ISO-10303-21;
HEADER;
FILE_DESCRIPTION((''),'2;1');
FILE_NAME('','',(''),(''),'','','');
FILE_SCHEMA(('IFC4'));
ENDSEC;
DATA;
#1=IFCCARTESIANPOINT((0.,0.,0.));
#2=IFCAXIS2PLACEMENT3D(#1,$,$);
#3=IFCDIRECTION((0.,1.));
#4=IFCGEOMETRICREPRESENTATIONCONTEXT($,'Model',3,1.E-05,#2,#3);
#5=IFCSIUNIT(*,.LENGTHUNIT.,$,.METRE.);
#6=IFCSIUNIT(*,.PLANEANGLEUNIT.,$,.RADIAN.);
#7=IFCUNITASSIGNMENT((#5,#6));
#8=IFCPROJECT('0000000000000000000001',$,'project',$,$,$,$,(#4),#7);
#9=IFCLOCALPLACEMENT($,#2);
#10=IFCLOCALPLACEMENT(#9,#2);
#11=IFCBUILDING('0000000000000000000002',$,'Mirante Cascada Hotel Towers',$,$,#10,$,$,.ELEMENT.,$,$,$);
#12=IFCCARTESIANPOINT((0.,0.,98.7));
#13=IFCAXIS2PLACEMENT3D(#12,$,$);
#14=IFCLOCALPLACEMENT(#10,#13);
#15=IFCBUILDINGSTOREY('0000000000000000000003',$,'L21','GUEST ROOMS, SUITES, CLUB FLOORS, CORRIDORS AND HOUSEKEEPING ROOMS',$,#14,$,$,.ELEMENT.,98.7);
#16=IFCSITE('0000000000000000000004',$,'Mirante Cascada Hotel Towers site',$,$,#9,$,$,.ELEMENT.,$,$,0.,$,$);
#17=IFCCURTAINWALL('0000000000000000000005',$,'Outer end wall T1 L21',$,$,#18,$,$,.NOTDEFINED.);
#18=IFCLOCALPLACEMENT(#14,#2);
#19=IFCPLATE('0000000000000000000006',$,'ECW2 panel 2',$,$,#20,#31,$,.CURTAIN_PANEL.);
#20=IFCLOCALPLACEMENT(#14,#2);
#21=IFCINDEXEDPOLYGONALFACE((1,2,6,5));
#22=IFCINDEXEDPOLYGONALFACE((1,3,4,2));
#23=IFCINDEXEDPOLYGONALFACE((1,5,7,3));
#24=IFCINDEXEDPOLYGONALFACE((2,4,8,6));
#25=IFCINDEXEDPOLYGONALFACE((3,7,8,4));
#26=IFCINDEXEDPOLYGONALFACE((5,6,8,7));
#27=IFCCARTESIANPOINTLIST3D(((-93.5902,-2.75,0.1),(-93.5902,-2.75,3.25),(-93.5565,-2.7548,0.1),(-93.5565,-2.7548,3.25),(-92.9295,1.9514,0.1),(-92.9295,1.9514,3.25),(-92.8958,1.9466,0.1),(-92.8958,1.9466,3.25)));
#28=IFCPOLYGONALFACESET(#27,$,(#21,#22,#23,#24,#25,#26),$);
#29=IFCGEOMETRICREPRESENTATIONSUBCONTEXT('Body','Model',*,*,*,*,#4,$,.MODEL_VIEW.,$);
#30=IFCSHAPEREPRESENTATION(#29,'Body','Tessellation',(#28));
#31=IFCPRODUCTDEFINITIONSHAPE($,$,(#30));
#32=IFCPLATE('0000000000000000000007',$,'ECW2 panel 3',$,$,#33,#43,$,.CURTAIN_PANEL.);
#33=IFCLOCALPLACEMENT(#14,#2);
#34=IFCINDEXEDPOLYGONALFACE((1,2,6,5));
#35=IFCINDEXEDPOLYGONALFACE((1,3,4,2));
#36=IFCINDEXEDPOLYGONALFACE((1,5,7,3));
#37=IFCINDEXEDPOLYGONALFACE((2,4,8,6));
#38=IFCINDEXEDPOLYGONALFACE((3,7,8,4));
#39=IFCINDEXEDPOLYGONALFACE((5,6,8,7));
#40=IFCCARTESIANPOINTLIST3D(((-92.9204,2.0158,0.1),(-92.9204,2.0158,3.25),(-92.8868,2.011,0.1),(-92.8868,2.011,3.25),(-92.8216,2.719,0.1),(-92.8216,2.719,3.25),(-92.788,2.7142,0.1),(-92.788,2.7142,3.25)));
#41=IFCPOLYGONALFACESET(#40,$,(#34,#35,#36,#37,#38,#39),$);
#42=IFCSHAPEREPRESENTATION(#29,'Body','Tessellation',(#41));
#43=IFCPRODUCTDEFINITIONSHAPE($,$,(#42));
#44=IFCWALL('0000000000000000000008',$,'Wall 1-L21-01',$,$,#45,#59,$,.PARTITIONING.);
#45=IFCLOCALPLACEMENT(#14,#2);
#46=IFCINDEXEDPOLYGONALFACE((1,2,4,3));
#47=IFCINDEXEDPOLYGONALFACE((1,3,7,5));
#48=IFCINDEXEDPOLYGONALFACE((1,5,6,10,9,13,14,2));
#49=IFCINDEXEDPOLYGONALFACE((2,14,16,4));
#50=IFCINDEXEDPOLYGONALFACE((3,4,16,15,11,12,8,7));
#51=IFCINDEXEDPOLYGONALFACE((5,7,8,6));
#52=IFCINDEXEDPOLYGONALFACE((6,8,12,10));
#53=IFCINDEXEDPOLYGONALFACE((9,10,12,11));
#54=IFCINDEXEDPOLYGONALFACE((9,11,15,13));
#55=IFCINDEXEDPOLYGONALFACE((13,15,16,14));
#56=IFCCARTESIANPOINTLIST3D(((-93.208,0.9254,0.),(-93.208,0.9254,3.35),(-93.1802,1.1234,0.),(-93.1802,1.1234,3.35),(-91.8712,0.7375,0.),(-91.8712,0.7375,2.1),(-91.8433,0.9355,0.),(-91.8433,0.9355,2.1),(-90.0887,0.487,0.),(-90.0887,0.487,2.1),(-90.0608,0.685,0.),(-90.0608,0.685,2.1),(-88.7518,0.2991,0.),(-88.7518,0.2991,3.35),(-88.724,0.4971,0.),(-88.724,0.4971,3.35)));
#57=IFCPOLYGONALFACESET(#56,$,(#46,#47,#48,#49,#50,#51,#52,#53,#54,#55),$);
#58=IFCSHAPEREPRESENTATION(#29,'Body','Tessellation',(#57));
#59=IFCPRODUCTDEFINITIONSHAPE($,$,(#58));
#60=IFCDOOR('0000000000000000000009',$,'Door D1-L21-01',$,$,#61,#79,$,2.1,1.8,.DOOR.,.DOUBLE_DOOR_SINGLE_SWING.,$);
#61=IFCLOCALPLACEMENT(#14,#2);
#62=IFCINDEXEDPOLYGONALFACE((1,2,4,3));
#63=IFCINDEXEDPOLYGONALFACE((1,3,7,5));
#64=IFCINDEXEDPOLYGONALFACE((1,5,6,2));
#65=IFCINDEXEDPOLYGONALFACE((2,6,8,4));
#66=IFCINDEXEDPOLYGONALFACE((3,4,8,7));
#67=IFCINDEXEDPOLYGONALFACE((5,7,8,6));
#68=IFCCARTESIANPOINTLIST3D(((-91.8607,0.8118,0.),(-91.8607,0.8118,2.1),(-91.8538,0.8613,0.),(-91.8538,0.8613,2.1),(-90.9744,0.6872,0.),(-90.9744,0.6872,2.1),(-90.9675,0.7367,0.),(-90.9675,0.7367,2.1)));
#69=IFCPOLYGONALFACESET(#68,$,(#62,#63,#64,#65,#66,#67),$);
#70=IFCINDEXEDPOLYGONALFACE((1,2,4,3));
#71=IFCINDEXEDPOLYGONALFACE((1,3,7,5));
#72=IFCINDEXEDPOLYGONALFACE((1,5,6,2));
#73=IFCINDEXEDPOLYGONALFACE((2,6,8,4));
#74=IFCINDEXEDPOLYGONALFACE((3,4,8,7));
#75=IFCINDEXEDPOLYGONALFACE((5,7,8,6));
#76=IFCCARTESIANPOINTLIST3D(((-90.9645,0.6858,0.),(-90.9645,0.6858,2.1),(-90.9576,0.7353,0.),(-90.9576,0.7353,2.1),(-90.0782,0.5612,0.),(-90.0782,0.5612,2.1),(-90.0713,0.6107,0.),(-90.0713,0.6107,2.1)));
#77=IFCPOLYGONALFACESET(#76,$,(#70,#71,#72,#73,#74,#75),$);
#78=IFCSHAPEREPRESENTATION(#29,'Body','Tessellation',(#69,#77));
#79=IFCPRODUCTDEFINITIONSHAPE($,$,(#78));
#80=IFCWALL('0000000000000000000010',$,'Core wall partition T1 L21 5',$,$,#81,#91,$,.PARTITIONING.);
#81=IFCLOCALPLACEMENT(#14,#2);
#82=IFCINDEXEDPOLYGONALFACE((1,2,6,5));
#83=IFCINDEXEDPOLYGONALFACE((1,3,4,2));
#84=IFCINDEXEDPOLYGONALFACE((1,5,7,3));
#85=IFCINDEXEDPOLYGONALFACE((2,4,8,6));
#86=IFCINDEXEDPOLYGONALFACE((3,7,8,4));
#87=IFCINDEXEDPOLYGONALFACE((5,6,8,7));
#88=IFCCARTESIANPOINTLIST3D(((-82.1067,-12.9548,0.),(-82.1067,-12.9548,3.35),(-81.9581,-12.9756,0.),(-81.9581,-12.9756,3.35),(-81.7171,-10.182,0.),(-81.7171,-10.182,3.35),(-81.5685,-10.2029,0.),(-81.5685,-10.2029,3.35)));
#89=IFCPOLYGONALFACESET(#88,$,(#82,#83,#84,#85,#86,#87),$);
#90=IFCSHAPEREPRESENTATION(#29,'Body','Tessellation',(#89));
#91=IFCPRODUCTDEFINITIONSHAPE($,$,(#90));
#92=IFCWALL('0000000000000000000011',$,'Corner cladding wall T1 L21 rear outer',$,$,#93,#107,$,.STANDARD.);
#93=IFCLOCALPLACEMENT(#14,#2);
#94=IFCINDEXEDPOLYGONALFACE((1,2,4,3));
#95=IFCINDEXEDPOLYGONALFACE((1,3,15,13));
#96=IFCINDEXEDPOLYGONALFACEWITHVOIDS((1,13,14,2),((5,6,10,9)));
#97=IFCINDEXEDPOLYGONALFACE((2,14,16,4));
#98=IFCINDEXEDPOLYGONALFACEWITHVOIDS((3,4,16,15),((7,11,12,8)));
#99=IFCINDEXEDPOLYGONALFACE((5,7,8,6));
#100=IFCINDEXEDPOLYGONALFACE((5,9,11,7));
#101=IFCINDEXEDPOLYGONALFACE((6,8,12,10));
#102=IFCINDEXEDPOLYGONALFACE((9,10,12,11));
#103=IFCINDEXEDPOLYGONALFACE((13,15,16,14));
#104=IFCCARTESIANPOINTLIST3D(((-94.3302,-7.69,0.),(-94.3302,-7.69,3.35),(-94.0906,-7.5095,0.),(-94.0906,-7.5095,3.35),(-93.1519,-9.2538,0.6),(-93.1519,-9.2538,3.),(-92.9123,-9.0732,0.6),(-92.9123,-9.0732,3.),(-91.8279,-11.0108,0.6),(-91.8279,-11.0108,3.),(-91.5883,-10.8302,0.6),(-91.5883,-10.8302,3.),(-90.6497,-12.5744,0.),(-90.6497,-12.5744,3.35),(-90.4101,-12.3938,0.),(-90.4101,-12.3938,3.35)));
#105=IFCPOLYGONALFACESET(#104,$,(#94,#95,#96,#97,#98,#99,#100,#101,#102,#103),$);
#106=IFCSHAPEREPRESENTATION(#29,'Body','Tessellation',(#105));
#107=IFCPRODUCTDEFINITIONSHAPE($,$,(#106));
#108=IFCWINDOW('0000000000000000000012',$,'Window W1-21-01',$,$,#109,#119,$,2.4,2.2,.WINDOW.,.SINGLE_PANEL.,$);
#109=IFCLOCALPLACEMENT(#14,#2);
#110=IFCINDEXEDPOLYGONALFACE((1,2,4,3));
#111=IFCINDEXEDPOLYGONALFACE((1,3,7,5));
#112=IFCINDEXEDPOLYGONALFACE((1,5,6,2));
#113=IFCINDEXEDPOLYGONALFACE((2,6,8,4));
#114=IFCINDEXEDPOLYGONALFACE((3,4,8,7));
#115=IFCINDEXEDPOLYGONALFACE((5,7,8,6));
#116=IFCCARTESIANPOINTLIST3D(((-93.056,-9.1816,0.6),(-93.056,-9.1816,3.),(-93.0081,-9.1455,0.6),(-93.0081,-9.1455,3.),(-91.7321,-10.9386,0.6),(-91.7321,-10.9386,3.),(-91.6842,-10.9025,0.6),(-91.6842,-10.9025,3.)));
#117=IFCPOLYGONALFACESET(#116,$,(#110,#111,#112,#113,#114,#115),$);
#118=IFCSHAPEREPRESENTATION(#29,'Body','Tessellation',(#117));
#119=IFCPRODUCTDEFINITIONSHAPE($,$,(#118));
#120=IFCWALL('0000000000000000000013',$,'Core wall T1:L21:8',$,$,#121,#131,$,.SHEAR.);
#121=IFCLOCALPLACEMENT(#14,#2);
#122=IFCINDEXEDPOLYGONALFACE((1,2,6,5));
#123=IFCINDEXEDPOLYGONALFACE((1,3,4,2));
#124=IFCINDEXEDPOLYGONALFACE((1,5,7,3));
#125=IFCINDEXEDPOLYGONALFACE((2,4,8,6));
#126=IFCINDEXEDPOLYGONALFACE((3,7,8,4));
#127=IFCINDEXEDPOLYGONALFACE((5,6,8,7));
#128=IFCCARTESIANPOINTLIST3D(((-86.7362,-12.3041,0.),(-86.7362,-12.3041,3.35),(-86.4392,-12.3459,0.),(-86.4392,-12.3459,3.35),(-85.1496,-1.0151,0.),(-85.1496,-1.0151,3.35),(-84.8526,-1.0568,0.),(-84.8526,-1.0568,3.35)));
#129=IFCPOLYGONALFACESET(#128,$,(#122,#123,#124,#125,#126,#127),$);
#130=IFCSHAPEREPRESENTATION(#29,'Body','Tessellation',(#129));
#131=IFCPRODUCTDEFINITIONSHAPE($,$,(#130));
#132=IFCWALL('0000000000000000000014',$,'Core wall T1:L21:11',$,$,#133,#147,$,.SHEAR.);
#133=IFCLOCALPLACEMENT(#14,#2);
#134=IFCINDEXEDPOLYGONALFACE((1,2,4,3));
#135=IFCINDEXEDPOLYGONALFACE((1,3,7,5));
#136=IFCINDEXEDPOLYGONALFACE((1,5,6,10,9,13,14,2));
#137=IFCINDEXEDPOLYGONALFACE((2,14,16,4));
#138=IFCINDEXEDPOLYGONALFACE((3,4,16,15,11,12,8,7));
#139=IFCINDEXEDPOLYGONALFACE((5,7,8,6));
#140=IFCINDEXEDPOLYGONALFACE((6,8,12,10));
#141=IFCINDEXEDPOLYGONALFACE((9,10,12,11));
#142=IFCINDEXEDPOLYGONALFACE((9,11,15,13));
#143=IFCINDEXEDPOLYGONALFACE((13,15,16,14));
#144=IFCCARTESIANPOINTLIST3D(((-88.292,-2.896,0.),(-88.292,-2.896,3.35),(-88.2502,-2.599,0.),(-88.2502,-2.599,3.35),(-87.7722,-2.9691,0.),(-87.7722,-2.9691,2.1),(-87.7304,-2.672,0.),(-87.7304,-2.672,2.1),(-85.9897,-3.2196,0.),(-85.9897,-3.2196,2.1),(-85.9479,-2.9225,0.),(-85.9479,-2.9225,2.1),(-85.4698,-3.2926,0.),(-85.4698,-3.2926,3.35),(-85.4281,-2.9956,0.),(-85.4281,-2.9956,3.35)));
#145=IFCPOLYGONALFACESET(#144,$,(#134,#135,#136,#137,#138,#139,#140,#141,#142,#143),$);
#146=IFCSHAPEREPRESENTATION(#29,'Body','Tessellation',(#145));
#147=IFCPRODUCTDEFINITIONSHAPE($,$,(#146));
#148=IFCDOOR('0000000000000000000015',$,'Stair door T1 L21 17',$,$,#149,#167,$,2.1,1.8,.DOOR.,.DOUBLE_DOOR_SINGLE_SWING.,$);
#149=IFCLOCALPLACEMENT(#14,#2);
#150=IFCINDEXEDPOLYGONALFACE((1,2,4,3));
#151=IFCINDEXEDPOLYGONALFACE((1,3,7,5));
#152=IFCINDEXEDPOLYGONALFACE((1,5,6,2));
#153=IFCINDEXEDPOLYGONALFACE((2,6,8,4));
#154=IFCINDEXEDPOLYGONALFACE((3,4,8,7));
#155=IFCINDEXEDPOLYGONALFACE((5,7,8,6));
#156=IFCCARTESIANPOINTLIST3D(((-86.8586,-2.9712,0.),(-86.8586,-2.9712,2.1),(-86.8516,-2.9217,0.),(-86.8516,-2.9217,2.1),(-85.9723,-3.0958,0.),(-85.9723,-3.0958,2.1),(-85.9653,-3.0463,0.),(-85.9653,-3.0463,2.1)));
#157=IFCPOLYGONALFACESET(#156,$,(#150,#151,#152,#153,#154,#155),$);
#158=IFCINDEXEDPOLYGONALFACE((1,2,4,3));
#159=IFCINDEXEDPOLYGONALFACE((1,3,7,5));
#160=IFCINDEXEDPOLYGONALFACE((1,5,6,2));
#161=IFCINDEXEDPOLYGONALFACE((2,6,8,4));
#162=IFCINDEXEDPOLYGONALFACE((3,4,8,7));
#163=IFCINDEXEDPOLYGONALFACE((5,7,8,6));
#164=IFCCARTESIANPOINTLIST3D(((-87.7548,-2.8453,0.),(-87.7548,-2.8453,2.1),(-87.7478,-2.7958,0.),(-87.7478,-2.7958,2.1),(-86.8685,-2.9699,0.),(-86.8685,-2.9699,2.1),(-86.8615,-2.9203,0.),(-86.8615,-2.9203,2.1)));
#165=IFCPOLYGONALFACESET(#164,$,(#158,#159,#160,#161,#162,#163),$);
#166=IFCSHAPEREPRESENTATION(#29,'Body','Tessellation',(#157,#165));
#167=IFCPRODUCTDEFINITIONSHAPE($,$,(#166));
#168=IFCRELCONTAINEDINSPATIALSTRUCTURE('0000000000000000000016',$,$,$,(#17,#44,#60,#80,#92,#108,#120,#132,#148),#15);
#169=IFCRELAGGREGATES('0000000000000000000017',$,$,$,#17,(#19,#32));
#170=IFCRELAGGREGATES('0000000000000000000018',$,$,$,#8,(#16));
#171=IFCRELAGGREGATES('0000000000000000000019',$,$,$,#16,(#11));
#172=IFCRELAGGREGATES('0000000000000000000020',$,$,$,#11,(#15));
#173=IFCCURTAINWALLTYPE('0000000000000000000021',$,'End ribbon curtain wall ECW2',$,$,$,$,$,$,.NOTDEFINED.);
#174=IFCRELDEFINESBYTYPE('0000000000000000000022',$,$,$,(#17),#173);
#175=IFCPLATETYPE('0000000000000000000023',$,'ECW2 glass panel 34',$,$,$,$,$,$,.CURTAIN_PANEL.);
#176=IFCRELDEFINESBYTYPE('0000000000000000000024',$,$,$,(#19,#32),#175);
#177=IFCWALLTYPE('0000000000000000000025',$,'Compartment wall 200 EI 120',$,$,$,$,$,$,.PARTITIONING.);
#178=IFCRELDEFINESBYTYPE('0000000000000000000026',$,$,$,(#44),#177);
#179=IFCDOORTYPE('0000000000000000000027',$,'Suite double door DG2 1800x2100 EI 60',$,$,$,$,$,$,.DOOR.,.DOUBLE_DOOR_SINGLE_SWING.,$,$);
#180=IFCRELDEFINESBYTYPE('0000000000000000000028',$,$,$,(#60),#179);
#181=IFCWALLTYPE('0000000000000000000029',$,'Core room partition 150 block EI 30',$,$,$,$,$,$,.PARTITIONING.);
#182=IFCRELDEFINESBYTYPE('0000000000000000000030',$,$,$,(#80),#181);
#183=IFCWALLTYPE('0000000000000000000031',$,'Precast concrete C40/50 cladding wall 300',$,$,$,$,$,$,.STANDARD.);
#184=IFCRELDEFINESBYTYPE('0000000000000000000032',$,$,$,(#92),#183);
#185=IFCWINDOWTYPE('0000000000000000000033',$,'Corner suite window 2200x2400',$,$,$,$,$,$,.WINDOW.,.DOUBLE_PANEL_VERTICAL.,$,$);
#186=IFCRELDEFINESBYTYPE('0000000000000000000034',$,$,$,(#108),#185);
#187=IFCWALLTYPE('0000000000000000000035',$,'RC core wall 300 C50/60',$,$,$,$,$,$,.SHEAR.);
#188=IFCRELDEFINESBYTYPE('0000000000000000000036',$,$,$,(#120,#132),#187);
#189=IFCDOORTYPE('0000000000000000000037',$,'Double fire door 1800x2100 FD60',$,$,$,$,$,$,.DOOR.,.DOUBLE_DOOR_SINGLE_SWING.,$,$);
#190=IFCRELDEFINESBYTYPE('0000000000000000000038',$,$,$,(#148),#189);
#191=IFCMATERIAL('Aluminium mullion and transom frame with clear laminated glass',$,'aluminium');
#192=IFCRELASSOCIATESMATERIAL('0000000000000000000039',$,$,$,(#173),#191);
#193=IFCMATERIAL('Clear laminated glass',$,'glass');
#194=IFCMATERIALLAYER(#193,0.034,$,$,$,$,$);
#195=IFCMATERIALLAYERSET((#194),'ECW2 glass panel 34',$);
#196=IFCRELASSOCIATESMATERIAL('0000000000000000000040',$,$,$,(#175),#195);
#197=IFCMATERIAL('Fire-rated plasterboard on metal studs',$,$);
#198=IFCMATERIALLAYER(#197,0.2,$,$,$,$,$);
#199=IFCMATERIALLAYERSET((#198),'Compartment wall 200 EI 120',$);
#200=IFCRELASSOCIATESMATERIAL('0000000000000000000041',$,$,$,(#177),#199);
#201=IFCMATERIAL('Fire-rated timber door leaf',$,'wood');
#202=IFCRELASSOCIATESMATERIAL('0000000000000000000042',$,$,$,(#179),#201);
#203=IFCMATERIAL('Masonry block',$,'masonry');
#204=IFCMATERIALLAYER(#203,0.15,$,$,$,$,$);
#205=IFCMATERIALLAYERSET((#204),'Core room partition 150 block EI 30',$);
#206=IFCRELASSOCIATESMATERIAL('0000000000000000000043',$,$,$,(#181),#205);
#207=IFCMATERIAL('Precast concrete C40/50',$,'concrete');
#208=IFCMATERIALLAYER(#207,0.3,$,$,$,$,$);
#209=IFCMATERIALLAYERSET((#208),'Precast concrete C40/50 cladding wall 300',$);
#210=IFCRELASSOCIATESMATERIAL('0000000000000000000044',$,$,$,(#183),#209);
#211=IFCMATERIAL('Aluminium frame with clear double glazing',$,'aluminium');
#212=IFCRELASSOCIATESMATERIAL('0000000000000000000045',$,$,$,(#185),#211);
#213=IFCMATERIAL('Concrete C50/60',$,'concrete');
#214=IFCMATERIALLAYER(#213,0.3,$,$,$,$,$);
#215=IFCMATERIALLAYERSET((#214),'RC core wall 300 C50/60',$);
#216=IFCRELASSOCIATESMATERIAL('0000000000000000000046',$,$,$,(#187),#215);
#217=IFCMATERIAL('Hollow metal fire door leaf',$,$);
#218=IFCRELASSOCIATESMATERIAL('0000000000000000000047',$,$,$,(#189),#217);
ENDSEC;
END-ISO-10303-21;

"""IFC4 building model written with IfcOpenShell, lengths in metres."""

from ifc_helpers import new_model, si_unit, direction, frame, frame_2d, origin, origin_2d, place, context, subcontext, project, spatial, rectangle, extrude, material, layer, layer_set, type_object, element, fill, aggregate, save


model = new_model("IFC4")

# Units and contexts
model_context = context("Model", 3, precision=1e-05, world=origin(), true_north=direction((0.0, 1.0)))
body_context = subcontext(model_context, "Body", "Model", "MODEL_VIEW")
ifc_project = project(units=[si_unit("LENGTHUNIT", "METRE"), si_unit("PLANEANGLEUNIT", "RADIAN")], contexts=[model_context])

# Site, building, storey
site_placement = place(None, origin())
site = spatial("IfcSite", under=ifc_project, at=site_placement, Name="Mirante Cascada Hotel Towers site", CompositionType="ELEMENT", RefElevation=0.0)
building_placement = place(site_placement, origin())
building = spatial("IfcBuilding", under=site, at=building_placement, Name="Mirante Cascada Hotel Towers", CompositionType="ELEMENT")
storey_placement = place(building_placement, frame((0.0, 0.0, 98.7)))
storey = spatial("IfcBuildingStorey", under=building, at=storey_placement, Name="L21", Description="GUEST ROOMS, SUITES, CLUB FLOORS, CORRIDORS AND HOUSEKEEPING ROOMS", CompositionType="ELEMENT", Elevation=98.7)

# Curtain wall, plates
ifc_material_1 = material(Name="Aluminium mullion and transom frame with clear laminated glass", Category="aluminium")
curtain_wall_type = type_object("IfcCurtainWallType", Name="End ribbon curtain wall ECW2", PredefinedType="NOTDEFINED", material=ifc_material_1)
curtain_wall_placement = place(storey_placement, origin())
curtain_wall = element("IfcCurtainWall", 1, at=curtain_wall_placement, inside=storey, type_object=curtain_wall_type, Name="Outer end wall T1 L21", PredefinedType="NOTDEFINED")
ifc_material_2 = material(Name="Clear laminated glass", Category="glass")
ifc_layer_1 = layer(ifc_material_2, 0.034)
ifc_layer_set_1 = layer_set([ifc_layer_1], Name="ECW2 glass panel 34")
plate_type = type_object("IfcPlateType", Name="ECW2 glass panel 34", PredefinedType="CURTAIN_PANEL", material=ifc_layer_set_1)
plate_1_placement = place(storey_placement, frame((-93.243, -0.4017, 0.1), z_axis=(0.0, 0.0, 1.0), x_axis=(0.139173, 0.990268, 0.0)))
plate_1 = element("IfcPlate", 2, at=plate_1_placement, type_object=plate_type, Name="ECW2 panel 2", PredefinedType="CURTAIN_PANEL", context=body_context, shape_type="SweptSolid", body=[
    extrude(rectangle(XDim=4.7476, YDim=0.034, at=origin_2d()), origin(), (0.0, 0.0, 1.0), 3.15),
])
plate_2_placement = place(storey_placement, frame((-92.8542, 2.365, 0.1), z_axis=(0.0, 0.0, 1.0), x_axis=(0.139173, 0.990268, 0.0)))
plate_2 = element("IfcPlate", 3, at=plate_2_placement, type_object=plate_type, Name="ECW2 panel 3", PredefinedType="CURTAIN_PANEL", context=body_context, shape_type="SweptSolid", body=[
    extrude(rectangle(XDim=0.7101, YDim=0.034, at=origin_2d()), origin(), (0.0, 0.0, 1.0), 3.15),
])
aggregate(curtain_wall, [plate_1, plate_2])

# Wall, opening, door
ifc_material_3 = material(Name="Fire-rated plasterboard on metal studs")
ifc_layer_2 = layer(ifc_material_3, 0.2)
ifc_layer_set_2 = layer_set([ifc_layer_2], Name="Compartment wall 200 EI 120")
wall_type_1 = type_object("IfcWallType", Name="Compartment wall 200 EI 120", PredefinedType="PARTITIONING", material=ifc_layer_set_2)
wall_1_placement = place(storey_placement, frame((-93.1941, 1.0244, 0.0), z_axis=(0.0, 0.0, 1.0), x_axis=(0.990267, -0.139178, 0.0)))
wall_1 = element("IfcWall", 4, at=wall_1_placement, inside=storey, type_object=wall_type_1, Name="Wall 1-L21-01", PredefinedType="PARTITIONING", context=body_context, shape_type="SweptSolid", body=[
    extrude(rectangle(XDim=4.5, YDim=0.2, at=frame_2d((2.25, 0.0))), origin(), (0.0, 0.0, 1.0), 3.35),
])
opening_1_placement = place(wall_1_placement, frame((1.35, 0.0, 0.0)))
opening_1 = element("IfcOpeningElement", 5, at=opening_1_placement, cuts=wall_1, PredefinedType="OPENING", context=body_context, shape_type="SweptSolid", body=[
    extrude(rectangle(XDim=1.8, YDim=2.1, at=frame_2d((0.9, 1.05))), frame((0.0, 0.1, 0.0), z_axis=(0.0, -1.0, 0.0), x_axis=(1.0, 0.0, 0.0)), (0.0, 0.0, 1.0), 0.2),
])
ifc_material_4 = material(Name="Fire-rated timber door leaf", Category="wood")
door_type_1 = type_object("IfcDoorType", Name="Suite double door DG2 1800x2100 EI 60", OperationType="DOUBLE_DOOR_SINGLE_SWING", PredefinedType="DOOR", material=ifc_material_4)
door_1_placement = place(opening_1_placement, origin())
door_1 = element("IfcDoor", 6, at=door_1_placement, inside=storey, type_object=door_type_1, Name="Door D1-L21-01", OperationType="DOUBLE_DOOR_SINGLE_SWING", OverallHeight=2.1, OverallWidth=1.8, PredefinedType="DOOR", context=body_context, shape_type="SweptSolid", body=[
    extrude(rectangle(XDim=0.895, YDim=2.1, at=frame_2d((0.4475, 1.05))), frame((0.0, 0.025, 0.0), z_axis=(0.0, -1.0, 0.0), x_axis=(1.0, 0.0, 0.0)), (0.0, 0.0, 1.0), 0.05),
    extrude(rectangle(XDim=0.895, YDim=2.1, at=frame_2d((1.3525, 1.05))), frame((0.0, 0.025, 0.0), z_axis=(0.0, -1.0, 0.0), x_axis=(1.0, 0.0, 0.0)), (0.0, 0.0, 1.0), 0.05),
])
fill(opening_1, door_1)

# Wall
ifc_material_5 = material(Name="Masonry block", Category="masonry")
ifc_layer_3 = layer(ifc_material_5, 0.15)
ifc_layer_set_3 = layer_set([ifc_layer_3], Name="Core room partition 150 block EI 30")
wall_type_2 = type_object("IfcWallType", Name="Core room partition 150 block EI 30", PredefinedType="PARTITIONING", material=ifc_layer_set_3)
wall_2_placement = place(storey_placement, frame((-82.0324, -12.9652, 0.0), z_axis=(0.0, 0.0, 1.0), x_axis=(0.139141, 0.990273, 0.0)))
element("IfcWall", 7, at=wall_2_placement, inside=storey, type_object=wall_type_2, Name="Core wall partition T1 L21 5", PredefinedType="PARTITIONING", context=body_context, shape_type="SweptSolid", body=[
    extrude(rectangle(XDim=2.8, YDim=0.15, at=frame_2d((1.4, 0.0))), origin(), (0.0, 0.0, 1.0), 3.35),
])

# Wall, opening, window
ifc_material_6 = material(Name="Precast concrete C40/50", Category="concrete")
ifc_layer_4 = layer(ifc_material_6, 0.3)
ifc_layer_set_4 = layer_set([ifc_layer_4], Name="Precast concrete C40/50 cladding wall 300")
wall_type_3 = type_object("IfcWallType", Name="Precast concrete C40/50 cladding wall 300", PredefinedType="STANDARD", material=ifc_layer_set_4)
wall_3_placement = place(storey_placement, frame((-90.5299, -12.4841, 0.0), z_axis=(0.0, 0.0, 1.0), x_axis=(-0.601806, 0.798642, 0.0)))
wall_3 = element("IfcWall", 8, at=wall_3_placement, inside=storey, type_object=wall_type_3, Name="Corner cladding wall T1 L21 rear outer", PredefinedType="STANDARD", context=body_context, shape_type="SweptSolid", body=[
    extrude(rectangle(XDim=6.1158, YDim=0.3, at=frame_2d((3.0579, 0.0))), origin(), (0.0, 0.0, 1.0), 3.35),
])
opening_2_placement = place(wall_3_placement, frame((1.9578, 0.0, 0.6)))
opening_2 = element("IfcOpeningElement", 9, at=opening_2_placement, cuts=wall_3, PredefinedType="OPENING", context=body_context, shape_type="SweptSolid", body=[
    extrude(rectangle(XDim=2.2, YDim=2.4, at=frame_2d((1.1, 1.2))), frame((0.0, 0.15, 0.0), z_axis=(0.0, -1.0, 0.0), x_axis=(1.0, 0.0, 0.0)), (0.0, 0.0, 1.0), 0.3),
])
ifc_material_7 = material(Name="Aluminium frame with clear double glazing", Category="aluminium")
window_type = type_object("IfcWindowType", Name="Corner suite window 2200x2400", PartitioningType="DOUBLE_PANEL_VERTICAL", PredefinedType="WINDOW", material=ifc_material_7)
window_placement = place(opening_2_placement, origin())
window = element("IfcWindow", 10, at=window_placement, inside=storey, type_object=window_type, Name="Window W1-21-01", OverallHeight=2.4, OverallWidth=2.2, PartitioningType="SINGLE_PANEL", PredefinedType="WINDOW", context=body_context, shape_type="SweptSolid", body=[
    extrude(rectangle(XDim=2.2, YDim=2.4, at=frame_2d((1.1, 1.2))), frame((0.0, 0.03, 0.0), z_axis=(0.0, -1.0, 0.0), x_axis=(1.0, 0.0, 0.0)), (0.0, 0.0, 1.0), 0.06),
])
fill(opening_2, window)

# Wall
ifc_material_8 = material(Name="Concrete C50/60", Category="concrete")
ifc_layer_5 = layer(ifc_material_8, 0.3)
ifc_layer_set_5 = layer_set([ifc_layer_5], Name="RC core wall 300 C50/60")
wall_type_4 = type_object("IfcWallType", Name="RC core wall 300 C50/60", PredefinedType="SHEAR", material=ifc_layer_set_5)
wall_4_placement = place(storey_placement, frame((-86.5877, -12.325, 0.0), z_axis=(0.0, 0.0, 1.0), x_axis=(0.139175, 0.990268, 0.0)))
element("IfcWall", 11, at=wall_4_placement, inside=storey, type_object=wall_type_4, Name="Core wall T1:L21:8", PredefinedType="SHEAR", context=body_context, shape_type="SweptSolid", body=[
    extrude(rectangle(XDim=11.4, YDim=0.3, at=frame_2d((5.7, 0.0))), origin(), (0.0, 0.0, 1.0), 3.35),
])

# Wall, opening, door
wall_5_placement = place(storey_placement, frame((-85.4489, -3.1441, 0.0), z_axis=(0.0, 0.0, 1.0), x_axis=(-0.99027, 0.139161, 0.0)))
wall_5 = element("IfcWall", 12, at=wall_5_placement, inside=storey, type_object=wall_type_4, Name="Core wall T1:L21:11", PredefinedType="SHEAR", context=body_context, shape_type="SweptSolid", body=[
    extrude(rectangle(XDim=2.8499, YDim=0.3, at=frame_2d((1.425, 0.0))), origin(), (0.0, 0.0, 1.0), 3.35),
])
opening_3_placement = place(wall_5_placement, frame((0.525, 0.0, 0.0)))
opening_3 = element("IfcOpeningElement", 13, at=opening_3_placement, cuts=wall_5, PredefinedType="OPENING", context=body_context, shape_type="SweptSolid", body=[
    extrude(rectangle(XDim=1.8, YDim=2.1, at=frame_2d((0.9, 1.05))), frame((0.0, 0.15, 0.0), z_axis=(0.0, -1.0, 0.0), x_axis=(1.0, 0.0, 0.0)), (0.0, 0.0, 1.0), 0.3),
])
ifc_material_9 = material(Name="Hollow metal fire door leaf")
door_type_2 = type_object("IfcDoorType", Name="Double fire door 1800x2100 FD60", OperationType="DOUBLE_DOOR_SINGLE_SWING", PredefinedType="DOOR", material=ifc_material_9)
door_2_placement = place(opening_3_placement, origin())
door_2 = element("IfcDoor", 14, at=door_2_placement, inside=storey, type_object=door_type_2, Name="Stair door T1 L21 17", OperationType="DOUBLE_DOOR_SINGLE_SWING", OverallHeight=2.1, OverallWidth=1.8, PredefinedType="DOOR", context=body_context, shape_type="SweptSolid", body=[
    extrude(rectangle(XDim=0.895, YDim=2.1, at=frame_2d((0.4475, 1.05))), frame((0.0, 0.025, 0.0), z_axis=(0.0, -1.0, 0.0), x_axis=(1.0, 0.0, 0.0)), (0.0, 0.0, 1.0), 0.05),
    extrude(rectangle(XDim=0.895, YDim=2.1, at=frame_2d((1.3525, 1.05))), frame((0.0, 0.025, 0.0), z_axis=(0.0, -1.0, 0.0), x_axis=(1.0, 0.0, 0.0)), (0.0, 0.0, 1.0), 0.05),
])
fill(opening_3, door_2)

save(model, "model.ifc")
